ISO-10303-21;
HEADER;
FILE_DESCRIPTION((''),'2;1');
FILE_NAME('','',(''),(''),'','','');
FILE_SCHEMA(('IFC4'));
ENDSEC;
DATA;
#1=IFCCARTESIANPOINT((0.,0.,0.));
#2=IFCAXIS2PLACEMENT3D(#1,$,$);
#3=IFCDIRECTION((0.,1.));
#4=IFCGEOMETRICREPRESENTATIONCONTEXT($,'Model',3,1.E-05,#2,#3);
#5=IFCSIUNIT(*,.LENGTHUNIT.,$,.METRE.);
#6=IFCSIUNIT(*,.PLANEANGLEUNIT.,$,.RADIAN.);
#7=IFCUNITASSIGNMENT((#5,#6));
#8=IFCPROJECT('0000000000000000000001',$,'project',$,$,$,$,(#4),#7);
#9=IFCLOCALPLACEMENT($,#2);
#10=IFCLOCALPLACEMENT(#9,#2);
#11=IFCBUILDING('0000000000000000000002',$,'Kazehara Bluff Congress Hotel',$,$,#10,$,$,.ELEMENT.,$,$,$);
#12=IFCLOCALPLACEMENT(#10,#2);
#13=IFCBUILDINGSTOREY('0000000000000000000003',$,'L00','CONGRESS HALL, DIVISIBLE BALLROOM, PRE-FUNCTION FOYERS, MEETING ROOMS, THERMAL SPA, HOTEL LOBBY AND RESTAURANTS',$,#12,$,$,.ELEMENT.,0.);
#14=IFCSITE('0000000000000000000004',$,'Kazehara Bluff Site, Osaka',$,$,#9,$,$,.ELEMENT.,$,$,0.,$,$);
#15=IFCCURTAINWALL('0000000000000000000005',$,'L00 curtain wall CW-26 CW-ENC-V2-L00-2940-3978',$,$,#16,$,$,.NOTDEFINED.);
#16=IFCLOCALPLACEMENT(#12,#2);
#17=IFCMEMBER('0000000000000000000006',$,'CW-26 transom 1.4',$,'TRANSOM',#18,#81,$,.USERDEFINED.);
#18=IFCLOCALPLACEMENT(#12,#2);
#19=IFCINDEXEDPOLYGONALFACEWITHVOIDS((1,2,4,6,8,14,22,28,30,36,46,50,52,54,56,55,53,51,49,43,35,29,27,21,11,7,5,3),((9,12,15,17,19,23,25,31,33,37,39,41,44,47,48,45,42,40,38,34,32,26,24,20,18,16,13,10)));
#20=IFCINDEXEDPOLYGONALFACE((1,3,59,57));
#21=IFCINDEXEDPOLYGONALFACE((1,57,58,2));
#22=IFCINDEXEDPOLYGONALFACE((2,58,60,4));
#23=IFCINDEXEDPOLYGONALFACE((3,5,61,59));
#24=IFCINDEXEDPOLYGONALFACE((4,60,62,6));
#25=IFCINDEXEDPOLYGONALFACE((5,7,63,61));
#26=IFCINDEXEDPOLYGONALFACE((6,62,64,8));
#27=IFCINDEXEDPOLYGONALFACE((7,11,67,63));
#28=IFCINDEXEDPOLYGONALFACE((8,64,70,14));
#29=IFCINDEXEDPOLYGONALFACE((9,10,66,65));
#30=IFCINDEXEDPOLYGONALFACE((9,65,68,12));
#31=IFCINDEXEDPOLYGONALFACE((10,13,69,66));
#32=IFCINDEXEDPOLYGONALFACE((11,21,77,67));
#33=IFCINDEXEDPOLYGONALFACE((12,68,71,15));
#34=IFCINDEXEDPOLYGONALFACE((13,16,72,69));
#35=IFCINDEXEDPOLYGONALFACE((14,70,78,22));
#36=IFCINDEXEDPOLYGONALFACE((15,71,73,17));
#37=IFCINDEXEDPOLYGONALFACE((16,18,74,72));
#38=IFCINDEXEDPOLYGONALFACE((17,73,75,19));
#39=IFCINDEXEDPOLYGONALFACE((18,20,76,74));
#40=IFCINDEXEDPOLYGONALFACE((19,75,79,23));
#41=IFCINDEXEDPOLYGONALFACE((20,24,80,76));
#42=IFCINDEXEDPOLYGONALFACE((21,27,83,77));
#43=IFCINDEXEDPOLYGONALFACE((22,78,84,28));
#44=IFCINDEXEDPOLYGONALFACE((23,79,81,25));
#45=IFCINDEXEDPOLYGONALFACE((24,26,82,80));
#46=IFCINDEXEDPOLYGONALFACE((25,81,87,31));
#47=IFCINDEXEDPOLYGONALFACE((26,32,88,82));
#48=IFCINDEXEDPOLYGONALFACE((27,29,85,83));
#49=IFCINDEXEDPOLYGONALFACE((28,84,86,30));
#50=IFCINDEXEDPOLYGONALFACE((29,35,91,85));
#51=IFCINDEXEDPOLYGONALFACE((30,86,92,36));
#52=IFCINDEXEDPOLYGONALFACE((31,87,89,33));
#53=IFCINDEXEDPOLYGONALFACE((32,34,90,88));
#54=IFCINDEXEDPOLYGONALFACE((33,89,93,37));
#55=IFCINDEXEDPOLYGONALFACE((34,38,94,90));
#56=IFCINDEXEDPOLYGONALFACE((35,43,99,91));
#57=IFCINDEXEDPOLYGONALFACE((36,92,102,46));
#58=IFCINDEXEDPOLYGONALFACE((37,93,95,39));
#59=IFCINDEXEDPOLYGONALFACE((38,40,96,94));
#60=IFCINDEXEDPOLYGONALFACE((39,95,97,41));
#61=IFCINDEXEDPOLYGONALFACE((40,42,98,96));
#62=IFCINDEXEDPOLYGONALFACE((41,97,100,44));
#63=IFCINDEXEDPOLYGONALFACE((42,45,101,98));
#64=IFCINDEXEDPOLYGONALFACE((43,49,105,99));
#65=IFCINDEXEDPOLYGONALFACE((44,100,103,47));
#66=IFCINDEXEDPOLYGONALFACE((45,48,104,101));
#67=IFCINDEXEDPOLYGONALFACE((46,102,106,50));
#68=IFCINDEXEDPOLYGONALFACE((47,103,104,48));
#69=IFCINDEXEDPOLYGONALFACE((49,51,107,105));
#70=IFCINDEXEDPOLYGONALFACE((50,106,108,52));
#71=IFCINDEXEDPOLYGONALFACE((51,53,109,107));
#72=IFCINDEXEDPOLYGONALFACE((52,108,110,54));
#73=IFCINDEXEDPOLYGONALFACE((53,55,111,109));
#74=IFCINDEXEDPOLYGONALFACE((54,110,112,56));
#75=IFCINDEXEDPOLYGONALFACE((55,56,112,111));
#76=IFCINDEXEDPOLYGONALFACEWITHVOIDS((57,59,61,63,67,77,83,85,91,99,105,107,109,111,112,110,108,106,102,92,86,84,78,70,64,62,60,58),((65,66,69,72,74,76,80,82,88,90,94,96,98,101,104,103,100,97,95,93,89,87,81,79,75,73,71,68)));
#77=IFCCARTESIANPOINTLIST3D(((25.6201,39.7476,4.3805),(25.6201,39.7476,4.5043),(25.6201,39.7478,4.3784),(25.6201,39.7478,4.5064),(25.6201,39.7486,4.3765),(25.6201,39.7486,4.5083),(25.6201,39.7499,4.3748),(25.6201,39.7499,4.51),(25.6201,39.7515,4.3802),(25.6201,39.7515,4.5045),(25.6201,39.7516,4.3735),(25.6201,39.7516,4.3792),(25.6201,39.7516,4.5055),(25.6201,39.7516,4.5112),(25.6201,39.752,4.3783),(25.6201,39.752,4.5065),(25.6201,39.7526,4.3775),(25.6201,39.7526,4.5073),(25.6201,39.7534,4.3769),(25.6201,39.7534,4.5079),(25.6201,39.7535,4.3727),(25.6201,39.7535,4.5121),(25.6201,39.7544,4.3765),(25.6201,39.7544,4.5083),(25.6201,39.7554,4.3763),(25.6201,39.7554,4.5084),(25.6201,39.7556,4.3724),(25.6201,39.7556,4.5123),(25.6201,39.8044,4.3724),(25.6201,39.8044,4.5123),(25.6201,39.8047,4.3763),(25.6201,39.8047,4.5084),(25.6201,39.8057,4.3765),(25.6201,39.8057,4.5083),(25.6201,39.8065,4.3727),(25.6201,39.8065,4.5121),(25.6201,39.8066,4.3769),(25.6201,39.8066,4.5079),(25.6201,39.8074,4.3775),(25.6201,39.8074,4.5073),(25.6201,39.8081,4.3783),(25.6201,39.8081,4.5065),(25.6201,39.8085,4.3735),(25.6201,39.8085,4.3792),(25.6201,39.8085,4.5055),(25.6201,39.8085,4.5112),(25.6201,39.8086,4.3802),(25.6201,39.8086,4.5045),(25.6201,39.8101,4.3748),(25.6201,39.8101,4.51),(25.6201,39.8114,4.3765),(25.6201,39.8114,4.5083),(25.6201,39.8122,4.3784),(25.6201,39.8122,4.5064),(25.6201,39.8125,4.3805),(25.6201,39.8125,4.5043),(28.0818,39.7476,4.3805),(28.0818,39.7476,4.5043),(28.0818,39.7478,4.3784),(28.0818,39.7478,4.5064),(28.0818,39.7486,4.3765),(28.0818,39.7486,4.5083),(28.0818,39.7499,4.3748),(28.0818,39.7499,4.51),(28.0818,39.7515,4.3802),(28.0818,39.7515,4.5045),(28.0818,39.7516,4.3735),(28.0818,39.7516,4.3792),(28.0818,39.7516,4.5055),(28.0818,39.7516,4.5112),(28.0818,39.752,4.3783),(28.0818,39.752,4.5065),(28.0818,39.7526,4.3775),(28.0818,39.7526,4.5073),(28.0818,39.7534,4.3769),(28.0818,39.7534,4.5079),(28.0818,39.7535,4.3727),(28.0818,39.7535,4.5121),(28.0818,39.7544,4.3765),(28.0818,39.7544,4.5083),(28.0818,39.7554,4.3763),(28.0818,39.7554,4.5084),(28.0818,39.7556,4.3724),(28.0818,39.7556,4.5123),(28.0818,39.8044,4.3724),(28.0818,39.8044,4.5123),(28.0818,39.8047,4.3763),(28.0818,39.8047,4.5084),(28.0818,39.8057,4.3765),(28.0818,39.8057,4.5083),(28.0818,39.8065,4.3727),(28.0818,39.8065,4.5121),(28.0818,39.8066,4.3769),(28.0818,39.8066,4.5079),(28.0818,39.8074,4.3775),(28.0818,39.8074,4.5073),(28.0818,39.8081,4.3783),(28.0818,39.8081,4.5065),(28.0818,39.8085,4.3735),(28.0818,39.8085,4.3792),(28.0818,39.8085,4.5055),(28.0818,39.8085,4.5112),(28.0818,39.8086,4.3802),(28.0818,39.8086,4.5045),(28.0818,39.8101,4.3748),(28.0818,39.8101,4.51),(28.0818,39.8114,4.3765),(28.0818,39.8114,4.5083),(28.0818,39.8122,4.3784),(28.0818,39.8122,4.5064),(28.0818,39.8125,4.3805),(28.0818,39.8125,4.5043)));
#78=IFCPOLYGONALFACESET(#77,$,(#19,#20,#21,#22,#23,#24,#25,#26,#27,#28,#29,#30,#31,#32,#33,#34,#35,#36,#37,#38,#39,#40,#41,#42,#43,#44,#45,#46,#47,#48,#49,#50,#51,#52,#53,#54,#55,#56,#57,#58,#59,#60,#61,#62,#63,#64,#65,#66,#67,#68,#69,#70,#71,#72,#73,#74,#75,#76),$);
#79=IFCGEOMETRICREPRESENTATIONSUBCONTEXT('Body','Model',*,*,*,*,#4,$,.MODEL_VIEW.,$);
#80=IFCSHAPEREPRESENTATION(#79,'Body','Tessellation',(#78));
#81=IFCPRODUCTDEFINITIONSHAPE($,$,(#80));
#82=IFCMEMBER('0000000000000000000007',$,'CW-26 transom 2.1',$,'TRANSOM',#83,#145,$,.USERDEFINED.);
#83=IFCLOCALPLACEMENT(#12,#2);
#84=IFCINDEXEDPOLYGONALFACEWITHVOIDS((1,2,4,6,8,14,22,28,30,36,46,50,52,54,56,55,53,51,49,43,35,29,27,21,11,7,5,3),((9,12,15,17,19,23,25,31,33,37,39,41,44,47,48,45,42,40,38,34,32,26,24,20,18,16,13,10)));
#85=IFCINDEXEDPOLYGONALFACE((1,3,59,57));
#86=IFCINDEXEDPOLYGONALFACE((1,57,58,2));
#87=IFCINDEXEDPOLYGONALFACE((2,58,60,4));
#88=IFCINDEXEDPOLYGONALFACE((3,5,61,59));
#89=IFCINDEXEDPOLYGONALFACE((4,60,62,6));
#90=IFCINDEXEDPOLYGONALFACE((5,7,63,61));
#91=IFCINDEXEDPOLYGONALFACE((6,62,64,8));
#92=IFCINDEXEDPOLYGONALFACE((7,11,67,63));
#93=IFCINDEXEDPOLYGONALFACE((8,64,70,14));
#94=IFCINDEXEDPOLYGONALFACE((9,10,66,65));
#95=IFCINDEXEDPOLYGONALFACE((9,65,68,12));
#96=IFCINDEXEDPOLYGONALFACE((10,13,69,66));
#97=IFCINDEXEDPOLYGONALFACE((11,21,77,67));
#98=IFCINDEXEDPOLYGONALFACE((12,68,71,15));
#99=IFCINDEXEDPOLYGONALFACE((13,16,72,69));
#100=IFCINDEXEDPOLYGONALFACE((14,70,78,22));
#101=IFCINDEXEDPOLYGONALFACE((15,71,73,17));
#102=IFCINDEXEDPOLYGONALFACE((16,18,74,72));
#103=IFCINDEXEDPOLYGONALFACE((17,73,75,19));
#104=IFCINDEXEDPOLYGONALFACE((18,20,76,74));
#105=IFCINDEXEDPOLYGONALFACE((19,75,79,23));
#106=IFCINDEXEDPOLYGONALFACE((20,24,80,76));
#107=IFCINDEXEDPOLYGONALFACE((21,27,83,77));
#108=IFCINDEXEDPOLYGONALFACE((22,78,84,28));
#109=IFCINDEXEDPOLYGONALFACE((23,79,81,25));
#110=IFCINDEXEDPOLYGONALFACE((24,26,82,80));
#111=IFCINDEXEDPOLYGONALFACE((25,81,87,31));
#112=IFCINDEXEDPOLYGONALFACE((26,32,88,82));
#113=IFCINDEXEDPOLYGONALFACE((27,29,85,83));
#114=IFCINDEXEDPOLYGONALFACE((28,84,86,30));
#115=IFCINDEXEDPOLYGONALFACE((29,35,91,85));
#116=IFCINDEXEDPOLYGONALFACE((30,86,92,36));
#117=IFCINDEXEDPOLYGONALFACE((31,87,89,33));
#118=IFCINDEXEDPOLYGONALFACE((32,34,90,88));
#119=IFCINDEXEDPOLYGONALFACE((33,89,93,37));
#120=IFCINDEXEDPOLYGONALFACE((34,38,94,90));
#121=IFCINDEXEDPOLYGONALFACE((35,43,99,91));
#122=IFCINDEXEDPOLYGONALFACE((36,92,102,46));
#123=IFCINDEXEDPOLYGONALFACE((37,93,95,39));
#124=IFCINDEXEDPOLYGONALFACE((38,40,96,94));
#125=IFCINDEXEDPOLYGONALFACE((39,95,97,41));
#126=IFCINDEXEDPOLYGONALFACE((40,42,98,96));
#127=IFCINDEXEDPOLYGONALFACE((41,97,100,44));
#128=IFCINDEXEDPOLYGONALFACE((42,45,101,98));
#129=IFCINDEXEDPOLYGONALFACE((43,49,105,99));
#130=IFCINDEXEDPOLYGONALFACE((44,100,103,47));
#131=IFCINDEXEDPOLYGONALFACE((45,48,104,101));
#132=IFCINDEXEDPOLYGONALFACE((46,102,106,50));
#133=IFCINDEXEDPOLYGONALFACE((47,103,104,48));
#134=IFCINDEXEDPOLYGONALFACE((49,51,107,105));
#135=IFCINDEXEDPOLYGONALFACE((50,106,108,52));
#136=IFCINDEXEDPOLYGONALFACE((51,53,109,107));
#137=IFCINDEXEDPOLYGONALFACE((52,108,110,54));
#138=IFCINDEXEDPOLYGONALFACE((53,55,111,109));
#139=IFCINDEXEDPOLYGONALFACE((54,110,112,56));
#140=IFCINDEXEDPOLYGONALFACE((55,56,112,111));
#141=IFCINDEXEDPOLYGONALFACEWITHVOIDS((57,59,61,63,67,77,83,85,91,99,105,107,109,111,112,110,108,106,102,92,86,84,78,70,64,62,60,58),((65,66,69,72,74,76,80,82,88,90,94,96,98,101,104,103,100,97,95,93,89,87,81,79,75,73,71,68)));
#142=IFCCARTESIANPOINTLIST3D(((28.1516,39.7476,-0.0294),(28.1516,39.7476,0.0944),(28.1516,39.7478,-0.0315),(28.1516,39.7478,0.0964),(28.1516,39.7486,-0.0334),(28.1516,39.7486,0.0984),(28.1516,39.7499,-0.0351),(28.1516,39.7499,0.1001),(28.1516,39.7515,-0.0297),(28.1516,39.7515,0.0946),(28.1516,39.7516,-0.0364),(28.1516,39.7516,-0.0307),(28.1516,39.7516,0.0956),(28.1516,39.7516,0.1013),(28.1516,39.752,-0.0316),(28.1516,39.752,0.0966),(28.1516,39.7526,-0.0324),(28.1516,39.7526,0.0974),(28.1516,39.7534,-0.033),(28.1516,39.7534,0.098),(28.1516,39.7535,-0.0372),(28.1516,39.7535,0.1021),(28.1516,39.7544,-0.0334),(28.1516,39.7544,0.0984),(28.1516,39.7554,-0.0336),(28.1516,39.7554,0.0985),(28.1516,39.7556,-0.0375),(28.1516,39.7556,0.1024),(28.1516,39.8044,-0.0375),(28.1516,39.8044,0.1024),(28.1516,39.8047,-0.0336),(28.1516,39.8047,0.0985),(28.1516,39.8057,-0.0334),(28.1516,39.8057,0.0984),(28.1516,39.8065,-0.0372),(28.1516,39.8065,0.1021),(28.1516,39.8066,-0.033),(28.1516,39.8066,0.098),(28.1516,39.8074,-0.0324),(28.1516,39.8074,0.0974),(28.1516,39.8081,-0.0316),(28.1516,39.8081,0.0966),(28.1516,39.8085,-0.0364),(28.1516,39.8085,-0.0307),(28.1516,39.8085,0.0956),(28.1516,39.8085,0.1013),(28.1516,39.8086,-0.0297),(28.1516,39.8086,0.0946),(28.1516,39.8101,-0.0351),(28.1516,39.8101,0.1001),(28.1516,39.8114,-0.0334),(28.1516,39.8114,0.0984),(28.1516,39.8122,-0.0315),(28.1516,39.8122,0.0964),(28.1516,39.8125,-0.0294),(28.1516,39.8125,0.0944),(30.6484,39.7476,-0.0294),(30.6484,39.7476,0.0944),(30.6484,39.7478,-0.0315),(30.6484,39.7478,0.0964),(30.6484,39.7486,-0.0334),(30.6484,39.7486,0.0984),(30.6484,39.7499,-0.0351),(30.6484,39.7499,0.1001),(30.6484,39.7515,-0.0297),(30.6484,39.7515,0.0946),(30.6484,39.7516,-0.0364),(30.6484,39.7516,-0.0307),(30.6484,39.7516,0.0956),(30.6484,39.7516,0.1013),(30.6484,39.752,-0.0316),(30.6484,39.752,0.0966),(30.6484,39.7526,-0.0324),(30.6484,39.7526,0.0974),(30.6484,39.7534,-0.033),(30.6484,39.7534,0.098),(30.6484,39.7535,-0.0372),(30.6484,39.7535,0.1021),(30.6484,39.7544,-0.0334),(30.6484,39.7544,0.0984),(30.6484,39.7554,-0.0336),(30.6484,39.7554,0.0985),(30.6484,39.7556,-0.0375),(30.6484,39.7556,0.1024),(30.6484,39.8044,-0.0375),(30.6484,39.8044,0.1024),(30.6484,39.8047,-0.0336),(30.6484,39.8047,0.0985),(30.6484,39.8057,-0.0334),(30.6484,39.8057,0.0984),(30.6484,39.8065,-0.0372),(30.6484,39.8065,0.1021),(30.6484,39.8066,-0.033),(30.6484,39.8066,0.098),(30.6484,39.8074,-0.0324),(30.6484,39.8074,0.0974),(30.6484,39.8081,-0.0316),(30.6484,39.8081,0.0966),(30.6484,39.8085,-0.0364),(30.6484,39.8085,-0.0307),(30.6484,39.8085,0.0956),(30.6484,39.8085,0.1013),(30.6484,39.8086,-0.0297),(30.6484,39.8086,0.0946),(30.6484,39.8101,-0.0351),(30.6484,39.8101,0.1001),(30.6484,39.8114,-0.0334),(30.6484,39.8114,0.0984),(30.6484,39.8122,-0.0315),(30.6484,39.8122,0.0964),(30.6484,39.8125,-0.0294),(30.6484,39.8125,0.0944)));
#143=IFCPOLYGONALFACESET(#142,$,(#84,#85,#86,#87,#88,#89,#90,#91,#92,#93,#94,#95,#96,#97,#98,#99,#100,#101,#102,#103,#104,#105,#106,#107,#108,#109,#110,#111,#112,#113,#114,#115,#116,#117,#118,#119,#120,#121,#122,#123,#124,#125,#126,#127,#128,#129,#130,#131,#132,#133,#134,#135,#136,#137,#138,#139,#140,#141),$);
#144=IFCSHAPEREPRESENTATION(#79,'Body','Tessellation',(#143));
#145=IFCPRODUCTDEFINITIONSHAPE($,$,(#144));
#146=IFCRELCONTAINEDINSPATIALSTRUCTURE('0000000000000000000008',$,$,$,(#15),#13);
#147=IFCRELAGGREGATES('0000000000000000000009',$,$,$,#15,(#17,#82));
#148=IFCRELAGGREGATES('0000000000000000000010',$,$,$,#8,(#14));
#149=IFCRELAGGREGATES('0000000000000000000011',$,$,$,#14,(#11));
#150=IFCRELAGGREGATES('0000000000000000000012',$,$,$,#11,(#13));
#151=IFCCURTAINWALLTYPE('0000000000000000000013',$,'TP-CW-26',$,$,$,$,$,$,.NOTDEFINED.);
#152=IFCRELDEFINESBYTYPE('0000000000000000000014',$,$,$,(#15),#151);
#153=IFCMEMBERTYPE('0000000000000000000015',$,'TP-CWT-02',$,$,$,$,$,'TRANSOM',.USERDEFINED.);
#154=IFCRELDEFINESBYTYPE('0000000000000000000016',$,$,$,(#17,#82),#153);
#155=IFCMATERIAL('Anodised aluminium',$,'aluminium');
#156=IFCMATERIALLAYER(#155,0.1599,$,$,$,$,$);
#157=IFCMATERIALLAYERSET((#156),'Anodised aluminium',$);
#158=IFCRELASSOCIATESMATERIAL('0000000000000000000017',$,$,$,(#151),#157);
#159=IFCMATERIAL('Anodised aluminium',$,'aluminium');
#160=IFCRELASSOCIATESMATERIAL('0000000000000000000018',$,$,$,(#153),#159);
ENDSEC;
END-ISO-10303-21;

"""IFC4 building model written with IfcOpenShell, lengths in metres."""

from ifc_helpers import new_model, si_unit, direction, frame, origin, origin_2d, place, context, subcontext, project, spatial, hollow_rectangle, extrude, material, layer, layer_set, material_profile, profile_set, type_object, element, aggregate, save


model = new_model("IFC4")

# Units and contexts
model_context = context("Model", 3, precision=1e-05, world=origin(), true_north=direction((0.0, 1.0)))
body_context = subcontext(model_context, "Body", "Model", "MODEL_VIEW")
ifc_project = project(units=[si_unit("LENGTHUNIT", "METRE"), si_unit("PLANEANGLEUNIT", "RADIAN")], contexts=[model_context])

# Site, building, storey
site_placement = place(None, origin())
site = spatial("IfcSite", under=ifc_project, at=site_placement, Name="Kazehara Bluff Site, Osaka", CompositionType="ELEMENT", RefElevation=0.0)
building_placement = place(site_placement, origin())
building = spatial("IfcBuilding", under=site, at=building_placement, Name="Kazehara Bluff Congress Hotel", CompositionType="ELEMENT")
storey_placement = place(building_placement, origin())
storey = spatial("IfcBuildingStorey", under=building, at=storey_placement, Name="L00", Description="CONGRESS HALL, DIVISIBLE BALLROOM, PRE-FUNCTION FOYERS, MEETING ROOMS, THERMAL SPA, HOTEL LOBBY AND RESTAURANTS", CompositionType="ELEMENT", Elevation=0.0)

# Curtain wall
ifc_material_1 = material(Name="Anodised aluminium", Category="aluminium")
ifc_layer_1 = layer(ifc_material_1, 0.1599)
ifc_layer_set_1 = layer_set([ifc_layer_1], Name="Anodised aluminium")
curtain_wall_type_1 = type_object("IfcCurtainWallType", Name="TP-CW-26", PredefinedType="NOTDEFINED", material=ifc_layer_set_1)
curtain_wall_1_placement = place(storey_placement, origin())
curtain_wall_1 = element("IfcCurtainWall", 1, at=curtain_wall_1_placement, inside=storey, type_object=curtain_wall_type_1, Name="L00 curtain wall CW-26 CW-ENC-V2-L00-2940-3978", PredefinedType="NOTDEFINED")

# Members
ifc_material_2 = material(Name="Anodised aluminium", Category="aluminium")
ifc_material_profile_1 = material_profile(ifc_material_2, hollow_rectangle(XDim=0.0649, YDim=0.1399, WallThickness=0.0039, InnerFilletRadius=0.0039, OuterFilletRadius=0.0081, at=origin_2d()))
ifc_profile_set_1 = profile_set([ifc_material_profile_1], Name="Anodised aluminium")
member_type_1 = type_object("IfcMemberType", Name="TP-CWT-02", ElementType="TRANSOM", PredefinedType="USERDEFINED", material=ifc_profile_set_1)
member_1_placement = place(storey_placement, frame((25.6201, 39.78, 4.4424), z_axis=(1.0, 0.0, 0.0), x_axis=(0.0, 1.0, 0.0)))
member_1 = element("IfcMember", 2, at=member_1_placement, type_object=member_type_1, Name="CW-26 transom 1.4", ObjectType="TRANSOM", PredefinedType="USERDEFINED", context=body_context, shape_type="SweptSolid", body=[
    extrude(hollow_rectangle(XDim=0.0649, YDim=0.1399, WallThickness=0.0039, InnerFilletRadius=0.0039, OuterFilletRadius=0.0081, at=origin_2d()), origin(), (0.0, 0.0, 1.0), 2.4617),
])
member_2_placement = place(storey_placement, frame((28.1516, 39.78, 0.0325), z_axis=(1.0, 0.0, 0.0), x_axis=(0.0, 1.0, 0.0)))
member_2 = element("IfcMember", 3, at=member_2_placement, type_object=member_type_1, Name="CW-26 transom 2.1", ObjectType="TRANSOM", PredefinedType="USERDEFINED", context=body_context, shape_type="SweptSolid", body=[
    extrude(hollow_rectangle(XDim=0.0649, YDim=0.1399, WallThickness=0.0039, InnerFilletRadius=0.0039, OuterFilletRadius=0.0081, at=origin_2d()), origin(), (0.0, 0.0, 1.0), 2.4968),
])

aggregate(curtain_wall_1, [member_1, member_2])

save(model, "model.ifc")
